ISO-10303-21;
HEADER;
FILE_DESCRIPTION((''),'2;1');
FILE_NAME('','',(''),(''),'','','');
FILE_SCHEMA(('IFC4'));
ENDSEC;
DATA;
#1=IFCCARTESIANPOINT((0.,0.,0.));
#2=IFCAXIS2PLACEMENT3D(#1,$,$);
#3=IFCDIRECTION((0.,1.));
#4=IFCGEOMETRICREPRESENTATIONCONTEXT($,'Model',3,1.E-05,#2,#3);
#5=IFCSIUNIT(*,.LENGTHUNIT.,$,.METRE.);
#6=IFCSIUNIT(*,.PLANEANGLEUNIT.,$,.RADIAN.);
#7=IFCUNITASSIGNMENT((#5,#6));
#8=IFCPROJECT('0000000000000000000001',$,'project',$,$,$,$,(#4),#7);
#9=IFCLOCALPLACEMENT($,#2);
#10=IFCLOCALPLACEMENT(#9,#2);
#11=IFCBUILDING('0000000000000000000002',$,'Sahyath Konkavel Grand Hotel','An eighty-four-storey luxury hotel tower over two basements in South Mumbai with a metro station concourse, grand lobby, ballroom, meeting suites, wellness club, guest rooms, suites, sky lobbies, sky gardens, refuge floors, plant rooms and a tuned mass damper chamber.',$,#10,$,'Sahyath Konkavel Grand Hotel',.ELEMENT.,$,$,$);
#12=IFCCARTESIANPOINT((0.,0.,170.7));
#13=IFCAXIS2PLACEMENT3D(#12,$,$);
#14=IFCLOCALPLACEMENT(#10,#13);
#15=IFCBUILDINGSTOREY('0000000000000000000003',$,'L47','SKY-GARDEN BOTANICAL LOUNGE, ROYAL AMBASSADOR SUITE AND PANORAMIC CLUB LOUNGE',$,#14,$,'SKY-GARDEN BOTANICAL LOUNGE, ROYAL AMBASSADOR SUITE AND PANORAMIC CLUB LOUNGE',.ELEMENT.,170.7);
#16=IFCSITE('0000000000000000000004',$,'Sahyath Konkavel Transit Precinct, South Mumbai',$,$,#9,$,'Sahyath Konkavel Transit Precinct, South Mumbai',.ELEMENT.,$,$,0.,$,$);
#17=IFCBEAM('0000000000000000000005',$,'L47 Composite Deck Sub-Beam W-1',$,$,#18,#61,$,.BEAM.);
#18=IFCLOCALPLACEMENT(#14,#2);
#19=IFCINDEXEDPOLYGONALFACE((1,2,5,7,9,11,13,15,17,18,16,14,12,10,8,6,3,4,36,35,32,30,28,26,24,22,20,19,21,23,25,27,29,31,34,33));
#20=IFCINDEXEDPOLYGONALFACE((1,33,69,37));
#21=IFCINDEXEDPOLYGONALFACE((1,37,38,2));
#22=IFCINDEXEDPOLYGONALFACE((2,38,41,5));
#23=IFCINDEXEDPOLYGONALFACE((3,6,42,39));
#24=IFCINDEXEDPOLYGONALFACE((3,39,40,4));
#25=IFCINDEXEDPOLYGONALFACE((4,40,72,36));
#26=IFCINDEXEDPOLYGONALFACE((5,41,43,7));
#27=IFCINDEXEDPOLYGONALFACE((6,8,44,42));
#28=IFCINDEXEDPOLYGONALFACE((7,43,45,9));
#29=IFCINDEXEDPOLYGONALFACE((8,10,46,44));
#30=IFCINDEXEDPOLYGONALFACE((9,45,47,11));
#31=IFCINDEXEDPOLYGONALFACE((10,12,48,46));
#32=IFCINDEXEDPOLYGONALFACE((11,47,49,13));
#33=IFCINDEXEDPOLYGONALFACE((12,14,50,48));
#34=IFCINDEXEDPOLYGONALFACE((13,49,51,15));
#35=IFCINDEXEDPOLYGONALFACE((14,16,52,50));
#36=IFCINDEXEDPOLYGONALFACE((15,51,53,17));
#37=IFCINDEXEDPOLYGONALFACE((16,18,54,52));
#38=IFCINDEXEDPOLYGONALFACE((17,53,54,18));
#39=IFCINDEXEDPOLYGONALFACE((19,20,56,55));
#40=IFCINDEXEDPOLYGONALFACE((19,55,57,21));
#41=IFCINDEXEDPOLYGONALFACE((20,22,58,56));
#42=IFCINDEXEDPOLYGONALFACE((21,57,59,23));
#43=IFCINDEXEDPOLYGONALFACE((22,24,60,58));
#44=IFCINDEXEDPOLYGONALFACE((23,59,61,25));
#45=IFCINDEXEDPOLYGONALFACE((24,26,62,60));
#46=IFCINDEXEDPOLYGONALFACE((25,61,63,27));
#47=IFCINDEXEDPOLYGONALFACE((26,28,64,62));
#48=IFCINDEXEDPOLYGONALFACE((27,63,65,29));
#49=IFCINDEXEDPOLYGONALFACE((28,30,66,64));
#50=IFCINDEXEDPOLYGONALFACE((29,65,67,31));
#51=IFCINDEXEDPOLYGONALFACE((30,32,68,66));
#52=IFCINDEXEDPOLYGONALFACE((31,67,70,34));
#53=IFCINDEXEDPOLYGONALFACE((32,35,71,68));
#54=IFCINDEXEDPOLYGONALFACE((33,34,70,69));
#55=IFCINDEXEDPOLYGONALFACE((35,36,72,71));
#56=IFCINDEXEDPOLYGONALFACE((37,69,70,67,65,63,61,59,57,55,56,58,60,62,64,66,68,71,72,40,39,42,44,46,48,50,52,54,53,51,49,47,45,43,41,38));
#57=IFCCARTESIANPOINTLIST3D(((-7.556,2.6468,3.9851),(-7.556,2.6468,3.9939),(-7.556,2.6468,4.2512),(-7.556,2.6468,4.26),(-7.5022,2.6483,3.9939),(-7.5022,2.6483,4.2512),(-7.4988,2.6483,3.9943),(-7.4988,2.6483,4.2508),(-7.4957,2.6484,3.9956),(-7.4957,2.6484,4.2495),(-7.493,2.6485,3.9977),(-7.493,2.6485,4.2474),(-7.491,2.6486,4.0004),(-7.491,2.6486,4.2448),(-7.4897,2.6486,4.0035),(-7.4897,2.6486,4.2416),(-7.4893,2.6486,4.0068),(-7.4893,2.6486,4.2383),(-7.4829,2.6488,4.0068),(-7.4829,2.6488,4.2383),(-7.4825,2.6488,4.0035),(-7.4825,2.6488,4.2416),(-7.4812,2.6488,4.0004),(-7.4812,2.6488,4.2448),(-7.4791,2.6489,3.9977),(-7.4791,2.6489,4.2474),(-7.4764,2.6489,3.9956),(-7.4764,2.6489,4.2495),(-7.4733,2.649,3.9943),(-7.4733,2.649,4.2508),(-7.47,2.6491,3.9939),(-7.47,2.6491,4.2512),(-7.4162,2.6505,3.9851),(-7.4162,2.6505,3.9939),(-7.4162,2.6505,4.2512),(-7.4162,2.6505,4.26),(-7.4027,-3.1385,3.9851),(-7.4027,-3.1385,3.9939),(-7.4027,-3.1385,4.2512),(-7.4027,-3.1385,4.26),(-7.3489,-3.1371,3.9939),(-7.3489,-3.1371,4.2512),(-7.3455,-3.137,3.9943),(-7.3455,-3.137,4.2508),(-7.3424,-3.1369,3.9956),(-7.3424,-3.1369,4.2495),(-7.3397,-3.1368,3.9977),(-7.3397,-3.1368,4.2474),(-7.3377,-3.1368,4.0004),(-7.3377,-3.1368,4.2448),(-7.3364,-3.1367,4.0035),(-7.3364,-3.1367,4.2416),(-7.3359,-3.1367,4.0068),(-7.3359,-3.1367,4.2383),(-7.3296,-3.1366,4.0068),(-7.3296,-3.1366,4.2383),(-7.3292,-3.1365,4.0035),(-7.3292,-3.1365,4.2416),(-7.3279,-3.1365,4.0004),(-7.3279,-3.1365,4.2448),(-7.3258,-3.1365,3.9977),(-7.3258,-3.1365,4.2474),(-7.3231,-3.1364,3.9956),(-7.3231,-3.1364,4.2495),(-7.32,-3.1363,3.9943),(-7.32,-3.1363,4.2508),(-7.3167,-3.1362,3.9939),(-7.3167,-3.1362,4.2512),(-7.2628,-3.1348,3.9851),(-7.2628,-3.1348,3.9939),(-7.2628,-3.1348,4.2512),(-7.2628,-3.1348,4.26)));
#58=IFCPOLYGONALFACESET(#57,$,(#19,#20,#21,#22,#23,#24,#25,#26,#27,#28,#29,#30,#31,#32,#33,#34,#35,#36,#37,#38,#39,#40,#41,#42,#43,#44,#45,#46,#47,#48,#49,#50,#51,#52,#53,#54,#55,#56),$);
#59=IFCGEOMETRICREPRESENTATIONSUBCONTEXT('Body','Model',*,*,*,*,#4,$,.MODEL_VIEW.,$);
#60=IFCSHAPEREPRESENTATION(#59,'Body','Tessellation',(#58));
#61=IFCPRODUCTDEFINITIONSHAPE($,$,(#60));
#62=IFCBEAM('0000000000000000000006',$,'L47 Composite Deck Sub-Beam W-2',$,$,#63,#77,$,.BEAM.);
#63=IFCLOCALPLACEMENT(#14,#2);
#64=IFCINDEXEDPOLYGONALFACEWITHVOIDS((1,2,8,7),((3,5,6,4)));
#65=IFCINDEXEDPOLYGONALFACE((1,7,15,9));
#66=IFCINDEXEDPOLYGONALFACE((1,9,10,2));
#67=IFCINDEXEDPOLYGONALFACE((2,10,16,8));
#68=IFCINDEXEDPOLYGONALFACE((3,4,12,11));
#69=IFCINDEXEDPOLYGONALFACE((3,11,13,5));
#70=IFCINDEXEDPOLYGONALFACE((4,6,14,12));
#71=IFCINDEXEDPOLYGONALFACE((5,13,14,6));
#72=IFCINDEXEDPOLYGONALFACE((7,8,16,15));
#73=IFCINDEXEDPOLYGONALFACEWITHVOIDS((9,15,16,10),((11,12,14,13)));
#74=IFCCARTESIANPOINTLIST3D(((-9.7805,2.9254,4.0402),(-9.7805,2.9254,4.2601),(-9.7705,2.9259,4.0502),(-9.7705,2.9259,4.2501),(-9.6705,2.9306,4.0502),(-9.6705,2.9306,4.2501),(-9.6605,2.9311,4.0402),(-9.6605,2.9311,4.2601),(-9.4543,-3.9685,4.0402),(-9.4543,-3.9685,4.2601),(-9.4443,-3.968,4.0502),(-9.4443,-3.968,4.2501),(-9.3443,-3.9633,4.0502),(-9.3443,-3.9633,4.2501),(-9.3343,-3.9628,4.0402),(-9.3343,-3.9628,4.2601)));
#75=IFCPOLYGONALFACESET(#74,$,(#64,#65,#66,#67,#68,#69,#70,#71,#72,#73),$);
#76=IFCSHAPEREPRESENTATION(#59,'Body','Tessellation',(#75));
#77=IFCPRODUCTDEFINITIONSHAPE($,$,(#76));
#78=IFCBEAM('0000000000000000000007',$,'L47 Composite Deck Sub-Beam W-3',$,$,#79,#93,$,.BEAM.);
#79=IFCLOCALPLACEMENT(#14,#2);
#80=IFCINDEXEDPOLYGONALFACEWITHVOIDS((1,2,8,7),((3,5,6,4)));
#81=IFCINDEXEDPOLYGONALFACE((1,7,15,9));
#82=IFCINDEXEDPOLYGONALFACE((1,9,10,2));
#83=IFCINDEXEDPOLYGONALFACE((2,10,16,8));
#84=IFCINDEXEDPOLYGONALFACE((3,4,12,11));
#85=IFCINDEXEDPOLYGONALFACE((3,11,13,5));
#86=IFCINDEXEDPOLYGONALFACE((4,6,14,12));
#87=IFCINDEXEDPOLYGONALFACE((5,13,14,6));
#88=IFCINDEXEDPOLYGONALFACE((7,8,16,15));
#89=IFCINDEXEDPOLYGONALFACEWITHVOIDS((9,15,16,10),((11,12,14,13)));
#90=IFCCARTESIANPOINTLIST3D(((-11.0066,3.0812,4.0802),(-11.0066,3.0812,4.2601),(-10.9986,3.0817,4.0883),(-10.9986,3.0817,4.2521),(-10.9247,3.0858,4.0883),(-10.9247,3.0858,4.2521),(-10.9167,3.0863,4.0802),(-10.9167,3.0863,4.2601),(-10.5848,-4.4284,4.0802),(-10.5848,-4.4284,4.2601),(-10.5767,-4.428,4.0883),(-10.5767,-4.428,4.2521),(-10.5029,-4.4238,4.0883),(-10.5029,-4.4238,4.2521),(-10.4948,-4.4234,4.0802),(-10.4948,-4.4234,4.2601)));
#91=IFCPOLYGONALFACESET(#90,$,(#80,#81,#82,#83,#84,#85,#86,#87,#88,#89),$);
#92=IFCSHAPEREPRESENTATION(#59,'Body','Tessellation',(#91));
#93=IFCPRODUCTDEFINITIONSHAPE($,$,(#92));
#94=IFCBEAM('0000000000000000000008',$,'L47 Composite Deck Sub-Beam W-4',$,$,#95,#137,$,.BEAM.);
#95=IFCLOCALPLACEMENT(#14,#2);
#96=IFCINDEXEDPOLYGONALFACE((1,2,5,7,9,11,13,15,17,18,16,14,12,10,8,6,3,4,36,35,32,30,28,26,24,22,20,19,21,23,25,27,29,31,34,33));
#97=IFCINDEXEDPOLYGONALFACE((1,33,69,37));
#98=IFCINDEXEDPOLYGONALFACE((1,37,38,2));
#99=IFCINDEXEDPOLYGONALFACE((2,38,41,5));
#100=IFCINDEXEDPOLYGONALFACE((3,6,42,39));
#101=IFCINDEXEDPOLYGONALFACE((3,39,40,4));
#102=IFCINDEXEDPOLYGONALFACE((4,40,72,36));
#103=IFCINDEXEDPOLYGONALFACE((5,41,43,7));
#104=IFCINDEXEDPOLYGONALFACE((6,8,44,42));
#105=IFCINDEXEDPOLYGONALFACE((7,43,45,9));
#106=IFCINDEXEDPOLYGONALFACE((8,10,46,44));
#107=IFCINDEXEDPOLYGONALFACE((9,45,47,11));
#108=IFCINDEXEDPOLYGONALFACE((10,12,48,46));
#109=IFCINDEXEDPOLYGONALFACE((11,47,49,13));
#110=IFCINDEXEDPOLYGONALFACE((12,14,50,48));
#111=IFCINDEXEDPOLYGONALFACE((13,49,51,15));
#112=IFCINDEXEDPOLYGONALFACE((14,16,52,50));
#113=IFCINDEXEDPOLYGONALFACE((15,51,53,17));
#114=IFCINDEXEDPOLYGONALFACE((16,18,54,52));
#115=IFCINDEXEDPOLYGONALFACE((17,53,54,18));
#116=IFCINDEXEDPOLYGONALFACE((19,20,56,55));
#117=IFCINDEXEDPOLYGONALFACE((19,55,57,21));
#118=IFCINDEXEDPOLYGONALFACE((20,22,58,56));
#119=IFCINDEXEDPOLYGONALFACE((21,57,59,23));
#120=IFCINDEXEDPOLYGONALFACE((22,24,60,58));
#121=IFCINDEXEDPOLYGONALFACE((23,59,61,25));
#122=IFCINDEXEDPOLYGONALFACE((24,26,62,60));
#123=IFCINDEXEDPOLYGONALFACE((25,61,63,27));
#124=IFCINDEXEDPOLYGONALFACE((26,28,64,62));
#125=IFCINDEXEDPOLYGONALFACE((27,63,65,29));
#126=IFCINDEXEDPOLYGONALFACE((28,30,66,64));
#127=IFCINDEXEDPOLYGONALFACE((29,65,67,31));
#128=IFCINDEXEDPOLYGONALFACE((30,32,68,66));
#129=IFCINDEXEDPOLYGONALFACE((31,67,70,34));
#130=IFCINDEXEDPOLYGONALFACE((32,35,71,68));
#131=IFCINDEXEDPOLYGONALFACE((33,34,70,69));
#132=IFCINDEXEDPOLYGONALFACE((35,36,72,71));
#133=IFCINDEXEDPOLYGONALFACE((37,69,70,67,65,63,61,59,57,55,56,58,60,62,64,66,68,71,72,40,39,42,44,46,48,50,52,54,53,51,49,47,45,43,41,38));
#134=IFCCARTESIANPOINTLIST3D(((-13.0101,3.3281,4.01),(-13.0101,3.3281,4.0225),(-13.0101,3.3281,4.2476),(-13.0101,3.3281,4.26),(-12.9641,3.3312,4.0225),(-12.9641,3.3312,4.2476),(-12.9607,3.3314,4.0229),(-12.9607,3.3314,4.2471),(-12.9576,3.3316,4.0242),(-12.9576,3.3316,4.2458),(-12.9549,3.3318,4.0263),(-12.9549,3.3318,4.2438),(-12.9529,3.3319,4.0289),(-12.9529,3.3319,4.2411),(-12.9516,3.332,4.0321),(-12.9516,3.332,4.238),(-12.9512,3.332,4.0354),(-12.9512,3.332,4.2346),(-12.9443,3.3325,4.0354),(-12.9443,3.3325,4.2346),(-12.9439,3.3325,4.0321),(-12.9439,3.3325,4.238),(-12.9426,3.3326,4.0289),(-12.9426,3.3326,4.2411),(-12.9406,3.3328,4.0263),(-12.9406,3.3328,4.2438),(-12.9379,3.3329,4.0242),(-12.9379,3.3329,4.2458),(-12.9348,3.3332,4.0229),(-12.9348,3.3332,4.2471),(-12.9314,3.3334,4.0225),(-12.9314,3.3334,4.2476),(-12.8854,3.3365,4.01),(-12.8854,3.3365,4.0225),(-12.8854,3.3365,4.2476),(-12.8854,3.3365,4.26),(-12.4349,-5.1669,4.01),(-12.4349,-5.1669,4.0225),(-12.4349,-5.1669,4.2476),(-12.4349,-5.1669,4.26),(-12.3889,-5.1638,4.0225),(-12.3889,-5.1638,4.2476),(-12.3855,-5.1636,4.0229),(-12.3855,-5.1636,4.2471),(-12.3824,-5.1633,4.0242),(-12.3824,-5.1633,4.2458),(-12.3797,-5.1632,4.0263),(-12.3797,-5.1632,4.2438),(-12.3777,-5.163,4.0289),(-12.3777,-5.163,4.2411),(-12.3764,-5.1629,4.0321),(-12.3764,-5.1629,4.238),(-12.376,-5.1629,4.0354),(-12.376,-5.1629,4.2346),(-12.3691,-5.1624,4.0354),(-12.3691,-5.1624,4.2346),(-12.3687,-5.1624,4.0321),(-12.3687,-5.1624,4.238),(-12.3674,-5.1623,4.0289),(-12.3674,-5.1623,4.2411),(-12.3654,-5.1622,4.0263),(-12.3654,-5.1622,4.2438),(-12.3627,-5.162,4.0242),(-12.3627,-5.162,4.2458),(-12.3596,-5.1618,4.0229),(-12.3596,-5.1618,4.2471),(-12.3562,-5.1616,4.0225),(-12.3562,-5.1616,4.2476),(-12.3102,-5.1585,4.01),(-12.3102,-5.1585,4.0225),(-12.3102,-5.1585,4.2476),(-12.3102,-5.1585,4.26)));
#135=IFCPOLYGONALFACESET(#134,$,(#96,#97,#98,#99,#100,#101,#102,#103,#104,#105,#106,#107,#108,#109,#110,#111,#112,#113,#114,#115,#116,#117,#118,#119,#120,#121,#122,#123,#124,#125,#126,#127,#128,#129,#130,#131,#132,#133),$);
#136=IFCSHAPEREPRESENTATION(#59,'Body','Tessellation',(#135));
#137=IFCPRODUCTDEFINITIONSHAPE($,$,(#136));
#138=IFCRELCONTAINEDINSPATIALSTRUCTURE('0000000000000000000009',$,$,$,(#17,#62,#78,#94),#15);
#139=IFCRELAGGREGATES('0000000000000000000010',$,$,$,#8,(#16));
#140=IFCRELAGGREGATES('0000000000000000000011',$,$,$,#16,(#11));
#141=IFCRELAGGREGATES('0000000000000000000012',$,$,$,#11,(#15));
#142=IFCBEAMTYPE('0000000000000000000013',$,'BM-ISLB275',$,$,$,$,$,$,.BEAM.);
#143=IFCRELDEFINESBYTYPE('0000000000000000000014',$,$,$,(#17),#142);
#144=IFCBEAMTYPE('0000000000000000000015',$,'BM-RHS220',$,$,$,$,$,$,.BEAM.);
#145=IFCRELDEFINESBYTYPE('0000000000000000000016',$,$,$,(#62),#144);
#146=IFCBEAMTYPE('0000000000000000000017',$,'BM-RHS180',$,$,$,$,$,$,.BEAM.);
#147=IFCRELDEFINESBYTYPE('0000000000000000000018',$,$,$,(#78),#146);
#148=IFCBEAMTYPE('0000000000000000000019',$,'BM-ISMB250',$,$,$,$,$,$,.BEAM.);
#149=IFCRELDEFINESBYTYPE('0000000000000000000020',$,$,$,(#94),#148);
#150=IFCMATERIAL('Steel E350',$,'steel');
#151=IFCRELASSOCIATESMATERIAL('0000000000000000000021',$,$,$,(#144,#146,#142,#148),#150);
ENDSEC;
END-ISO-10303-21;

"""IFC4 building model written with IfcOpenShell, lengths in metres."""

from ifc_helpers import new_model, si_unit, direction, frame, origin, origin_2d, place, context, subcontext, project, spatial, hollow_rectangle, i_section, extrude, source, transform, mapped, material, material_profile, profile_set, type_object, element, save


model = new_model("IFC4")

# Units and contexts
model_context = context("Model", 3, precision=1e-05, world=origin(), true_north=direction((0.0, 1.0)))
body_context = subcontext(model_context, "Body", "Model", "MODEL_VIEW")
ifc_project = project(units=[si_unit("LENGTHUNIT", "METRE"), si_unit("PLANEANGLEUNIT", "RADIAN")], contexts=[model_context])

# Site, building, storey
site_placement = place(None, origin())
site = spatial("IfcSite", under=ifc_project, at=site_placement, Name="Sahyath Konkavel Transit Precinct, South Mumbai", LongName="Sahyath Konkavel Transit Precinct, South Mumbai", CompositionType="ELEMENT", RefElevation=0.0)
building_placement = place(site_placement, origin())
building = spatial("IfcBuilding", under=site, at=building_placement, Name="Sahyath Konkavel Grand Hotel", Description="An eighty-four-storey luxury hotel tower over two basements in South Mumbai with a metro station concourse, grand lobby, ballroom, meeting suites, wellness club, guest rooms, suites, sky lobbies, sky gardens, refuge floors, plant rooms and a tuned mass damper chamber.", LongName="Sahyath Konkavel Grand Hotel", CompositionType="ELEMENT")
storey_placement = place(building_placement, frame((0.0, 0.0, 170.7)))
storey = spatial("IfcBuildingStorey", under=building, at=storey_placement, Name="L47", Description="SKY-GARDEN BOTANICAL LOUNGE, ROYAL AMBASSADOR SUITE AND PANORAMIC CLUB LOUNGE", LongName="SKY-GARDEN BOTANICAL LOUNGE, ROYAL AMBASSADOR SUITE AND PANORAMIC CLUB LOUNGE", CompositionType="ELEMENT", Elevation=170.7)

# Beams
ifc_material_1 = material(Name="Steel E350", Category="steel")
ifc_material_profile_1 = material_profile(ifc_material_1, hollow_rectangle(XDim=0.1201, YDim=0.22, WallThickness=0.01, at=origin_2d()), Name="RHS 220x120x10")
ifc_profile_set_1 = profile_set([ifc_material_profile_1], Name="Steel E350")
beam_type_1 = type_object("IfcBeamType", Name="BM-RHS220", PredefinedType="BEAM", material=ifc_profile_set_1)
ifc_material_profile_2 = material_profile(ifc_material_1, hollow_rectangle(XDim=0.0901, YDim=0.1799, WallThickness=0.0081, at=origin_2d()), Name="RHS 180x90x8")
ifc_profile_set_2 = profile_set([ifc_material_profile_2], Name="Steel E350")
beam_type_2 = type_object("IfcBeamType", Name="BM-RHS180", PredefinedType="BEAM", material=ifc_profile_set_2)
ifc_material_profile_3 = material_profile(ifc_material_1, i_section(OverallWidth=0.1399, OverallDepth=0.2749, WebThickness=0.0063, FlangeThickness=0.0088, FilletRadius=0.0129, at=origin_2d()), Name="ISLB 275")
ifc_profile_set_3 = profile_set([ifc_material_profile_3], Name="Steel E350")
beam_type_3 = type_object("IfcBeamType", Name="BM-ISLB275", PredefinedType="BEAM", material=ifc_profile_set_3)
shared_shape_1 = source(origin(), body_context, "Body", "SweptSolid", [
    extrude(i_section(OverallWidth=0.1399, OverallDepth=0.2749, WebThickness=0.0063, FlangeThickness=0.0088, FilletRadius=0.0129, at=origin_2d()), origin(), (0.0, 0.0, 1.0), 5.7874),
])
beam_1_placement = place(storey_placement, frame((-7.4861, 2.6487, 4.1226), z_axis=(0.026492, -0.999649, 0.0), x_axis=(0.999649, 0.026492, 0.0)))
element("IfcBeam", 1, at=beam_1_placement, inside=storey, type_object=beam_type_3, Name="L47 Composite Deck Sub-Beam W-1", PredefinedType="BEAM", context=body_context, shape_type="MappedRepresentation", body=[
    mapped(shared_shape_1, transform((0.0, 0.0, 0.0), scale=1.0)),
])
shared_shape_2 = source(origin(), body_context, "Body", "SweptSolid", [
    extrude(hollow_rectangle(XDim=0.1201, YDim=0.22, WallThickness=0.01, at=origin_2d()), origin(), (0.0, 0.0, 1.0), 6.9016),
])
beam_2_placement = place(storey_placement, frame((-9.7205, 2.9282, 4.1501), z_axis=(0.047261, -0.998883, 0.0), x_axis=(0.998883, 0.047261, 0.0)))
element("IfcBeam", 2, at=beam_2_placement, inside=storey, type_object=beam_type_1, Name="L47 Composite Deck Sub-Beam W-2", PredefinedType="BEAM", context=body_context, shape_type="MappedRepresentation", body=[
    mapped(shared_shape_2, transform((0.0, 0.0, 0.0), scale=1.0)),
])
shared_shape_3 = source(origin(), body_context, "Body", "SweptSolid", [
    extrude(hollow_rectangle(XDim=0.0901, YDim=0.1799, WallThickness=0.0081, at=origin_2d()), origin(), (0.0, 0.0, 1.0), 7.5215),
])
beam_3_placement = place(storey_placement, frame((-10.9617, 3.0837, 4.1702), z_axis=(0.05609, -0.998426, 0.0), x_axis=(0.998426, 0.05609, 0.0)))
element("IfcBeam", 3, at=beam_3_placement, inside=storey, type_object=beam_type_2, Name="L47 Composite Deck Sub-Beam W-3", PredefinedType="BEAM", context=body_context, shape_type="MappedRepresentation", body=[
    mapped(shared_shape_3, transform((0.0, 0.0, 0.0), scale=1.0)),
])
ifc_material_profile_4 = material_profile(ifc_material_1, i_section(OverallWidth=0.125, OverallDepth=0.25, WebThickness=0.0068, FlangeThickness=0.0125, FilletRadius=0.0129, at=origin_2d()), Name="ISMB 250")
ifc_profile_set_4 = profile_set([ifc_material_profile_4], Name="Steel E350")
beam_type_4 = type_object("IfcBeamType", Name="BM-ISMB250", PredefinedType="BEAM", material=ifc_profile_set_4)
shared_shape_4 = source(origin(), body_context, "Body", "SweptSolid", [
    extrude(i_section(OverallWidth=0.125, OverallDepth=0.25, WebThickness=0.0068, FlangeThickness=0.0125, FilletRadius=0.0129, at=origin_2d()), origin(), (0.0, 0.0, 1.0), 8.5144),
])
beam_4_placement = place(storey_placement, frame((-12.9478, 3.3323, 4.135), z_axis=(0.067556, -0.997715, 0.0), x_axis=(0.997715, 0.067556, 0.0)))
element("IfcBeam", 4, at=beam_4_placement, inside=storey, type_object=beam_type_4, Name="L47 Composite Deck Sub-Beam W-4", PredefinedType="BEAM", context=body_context, shape_type="MappedRepresentation", body=[
    mapped(shared_shape_4, transform((0.0, 0.0, 0.0), scale=1.0)),
])

save(model, "model.ifc")
